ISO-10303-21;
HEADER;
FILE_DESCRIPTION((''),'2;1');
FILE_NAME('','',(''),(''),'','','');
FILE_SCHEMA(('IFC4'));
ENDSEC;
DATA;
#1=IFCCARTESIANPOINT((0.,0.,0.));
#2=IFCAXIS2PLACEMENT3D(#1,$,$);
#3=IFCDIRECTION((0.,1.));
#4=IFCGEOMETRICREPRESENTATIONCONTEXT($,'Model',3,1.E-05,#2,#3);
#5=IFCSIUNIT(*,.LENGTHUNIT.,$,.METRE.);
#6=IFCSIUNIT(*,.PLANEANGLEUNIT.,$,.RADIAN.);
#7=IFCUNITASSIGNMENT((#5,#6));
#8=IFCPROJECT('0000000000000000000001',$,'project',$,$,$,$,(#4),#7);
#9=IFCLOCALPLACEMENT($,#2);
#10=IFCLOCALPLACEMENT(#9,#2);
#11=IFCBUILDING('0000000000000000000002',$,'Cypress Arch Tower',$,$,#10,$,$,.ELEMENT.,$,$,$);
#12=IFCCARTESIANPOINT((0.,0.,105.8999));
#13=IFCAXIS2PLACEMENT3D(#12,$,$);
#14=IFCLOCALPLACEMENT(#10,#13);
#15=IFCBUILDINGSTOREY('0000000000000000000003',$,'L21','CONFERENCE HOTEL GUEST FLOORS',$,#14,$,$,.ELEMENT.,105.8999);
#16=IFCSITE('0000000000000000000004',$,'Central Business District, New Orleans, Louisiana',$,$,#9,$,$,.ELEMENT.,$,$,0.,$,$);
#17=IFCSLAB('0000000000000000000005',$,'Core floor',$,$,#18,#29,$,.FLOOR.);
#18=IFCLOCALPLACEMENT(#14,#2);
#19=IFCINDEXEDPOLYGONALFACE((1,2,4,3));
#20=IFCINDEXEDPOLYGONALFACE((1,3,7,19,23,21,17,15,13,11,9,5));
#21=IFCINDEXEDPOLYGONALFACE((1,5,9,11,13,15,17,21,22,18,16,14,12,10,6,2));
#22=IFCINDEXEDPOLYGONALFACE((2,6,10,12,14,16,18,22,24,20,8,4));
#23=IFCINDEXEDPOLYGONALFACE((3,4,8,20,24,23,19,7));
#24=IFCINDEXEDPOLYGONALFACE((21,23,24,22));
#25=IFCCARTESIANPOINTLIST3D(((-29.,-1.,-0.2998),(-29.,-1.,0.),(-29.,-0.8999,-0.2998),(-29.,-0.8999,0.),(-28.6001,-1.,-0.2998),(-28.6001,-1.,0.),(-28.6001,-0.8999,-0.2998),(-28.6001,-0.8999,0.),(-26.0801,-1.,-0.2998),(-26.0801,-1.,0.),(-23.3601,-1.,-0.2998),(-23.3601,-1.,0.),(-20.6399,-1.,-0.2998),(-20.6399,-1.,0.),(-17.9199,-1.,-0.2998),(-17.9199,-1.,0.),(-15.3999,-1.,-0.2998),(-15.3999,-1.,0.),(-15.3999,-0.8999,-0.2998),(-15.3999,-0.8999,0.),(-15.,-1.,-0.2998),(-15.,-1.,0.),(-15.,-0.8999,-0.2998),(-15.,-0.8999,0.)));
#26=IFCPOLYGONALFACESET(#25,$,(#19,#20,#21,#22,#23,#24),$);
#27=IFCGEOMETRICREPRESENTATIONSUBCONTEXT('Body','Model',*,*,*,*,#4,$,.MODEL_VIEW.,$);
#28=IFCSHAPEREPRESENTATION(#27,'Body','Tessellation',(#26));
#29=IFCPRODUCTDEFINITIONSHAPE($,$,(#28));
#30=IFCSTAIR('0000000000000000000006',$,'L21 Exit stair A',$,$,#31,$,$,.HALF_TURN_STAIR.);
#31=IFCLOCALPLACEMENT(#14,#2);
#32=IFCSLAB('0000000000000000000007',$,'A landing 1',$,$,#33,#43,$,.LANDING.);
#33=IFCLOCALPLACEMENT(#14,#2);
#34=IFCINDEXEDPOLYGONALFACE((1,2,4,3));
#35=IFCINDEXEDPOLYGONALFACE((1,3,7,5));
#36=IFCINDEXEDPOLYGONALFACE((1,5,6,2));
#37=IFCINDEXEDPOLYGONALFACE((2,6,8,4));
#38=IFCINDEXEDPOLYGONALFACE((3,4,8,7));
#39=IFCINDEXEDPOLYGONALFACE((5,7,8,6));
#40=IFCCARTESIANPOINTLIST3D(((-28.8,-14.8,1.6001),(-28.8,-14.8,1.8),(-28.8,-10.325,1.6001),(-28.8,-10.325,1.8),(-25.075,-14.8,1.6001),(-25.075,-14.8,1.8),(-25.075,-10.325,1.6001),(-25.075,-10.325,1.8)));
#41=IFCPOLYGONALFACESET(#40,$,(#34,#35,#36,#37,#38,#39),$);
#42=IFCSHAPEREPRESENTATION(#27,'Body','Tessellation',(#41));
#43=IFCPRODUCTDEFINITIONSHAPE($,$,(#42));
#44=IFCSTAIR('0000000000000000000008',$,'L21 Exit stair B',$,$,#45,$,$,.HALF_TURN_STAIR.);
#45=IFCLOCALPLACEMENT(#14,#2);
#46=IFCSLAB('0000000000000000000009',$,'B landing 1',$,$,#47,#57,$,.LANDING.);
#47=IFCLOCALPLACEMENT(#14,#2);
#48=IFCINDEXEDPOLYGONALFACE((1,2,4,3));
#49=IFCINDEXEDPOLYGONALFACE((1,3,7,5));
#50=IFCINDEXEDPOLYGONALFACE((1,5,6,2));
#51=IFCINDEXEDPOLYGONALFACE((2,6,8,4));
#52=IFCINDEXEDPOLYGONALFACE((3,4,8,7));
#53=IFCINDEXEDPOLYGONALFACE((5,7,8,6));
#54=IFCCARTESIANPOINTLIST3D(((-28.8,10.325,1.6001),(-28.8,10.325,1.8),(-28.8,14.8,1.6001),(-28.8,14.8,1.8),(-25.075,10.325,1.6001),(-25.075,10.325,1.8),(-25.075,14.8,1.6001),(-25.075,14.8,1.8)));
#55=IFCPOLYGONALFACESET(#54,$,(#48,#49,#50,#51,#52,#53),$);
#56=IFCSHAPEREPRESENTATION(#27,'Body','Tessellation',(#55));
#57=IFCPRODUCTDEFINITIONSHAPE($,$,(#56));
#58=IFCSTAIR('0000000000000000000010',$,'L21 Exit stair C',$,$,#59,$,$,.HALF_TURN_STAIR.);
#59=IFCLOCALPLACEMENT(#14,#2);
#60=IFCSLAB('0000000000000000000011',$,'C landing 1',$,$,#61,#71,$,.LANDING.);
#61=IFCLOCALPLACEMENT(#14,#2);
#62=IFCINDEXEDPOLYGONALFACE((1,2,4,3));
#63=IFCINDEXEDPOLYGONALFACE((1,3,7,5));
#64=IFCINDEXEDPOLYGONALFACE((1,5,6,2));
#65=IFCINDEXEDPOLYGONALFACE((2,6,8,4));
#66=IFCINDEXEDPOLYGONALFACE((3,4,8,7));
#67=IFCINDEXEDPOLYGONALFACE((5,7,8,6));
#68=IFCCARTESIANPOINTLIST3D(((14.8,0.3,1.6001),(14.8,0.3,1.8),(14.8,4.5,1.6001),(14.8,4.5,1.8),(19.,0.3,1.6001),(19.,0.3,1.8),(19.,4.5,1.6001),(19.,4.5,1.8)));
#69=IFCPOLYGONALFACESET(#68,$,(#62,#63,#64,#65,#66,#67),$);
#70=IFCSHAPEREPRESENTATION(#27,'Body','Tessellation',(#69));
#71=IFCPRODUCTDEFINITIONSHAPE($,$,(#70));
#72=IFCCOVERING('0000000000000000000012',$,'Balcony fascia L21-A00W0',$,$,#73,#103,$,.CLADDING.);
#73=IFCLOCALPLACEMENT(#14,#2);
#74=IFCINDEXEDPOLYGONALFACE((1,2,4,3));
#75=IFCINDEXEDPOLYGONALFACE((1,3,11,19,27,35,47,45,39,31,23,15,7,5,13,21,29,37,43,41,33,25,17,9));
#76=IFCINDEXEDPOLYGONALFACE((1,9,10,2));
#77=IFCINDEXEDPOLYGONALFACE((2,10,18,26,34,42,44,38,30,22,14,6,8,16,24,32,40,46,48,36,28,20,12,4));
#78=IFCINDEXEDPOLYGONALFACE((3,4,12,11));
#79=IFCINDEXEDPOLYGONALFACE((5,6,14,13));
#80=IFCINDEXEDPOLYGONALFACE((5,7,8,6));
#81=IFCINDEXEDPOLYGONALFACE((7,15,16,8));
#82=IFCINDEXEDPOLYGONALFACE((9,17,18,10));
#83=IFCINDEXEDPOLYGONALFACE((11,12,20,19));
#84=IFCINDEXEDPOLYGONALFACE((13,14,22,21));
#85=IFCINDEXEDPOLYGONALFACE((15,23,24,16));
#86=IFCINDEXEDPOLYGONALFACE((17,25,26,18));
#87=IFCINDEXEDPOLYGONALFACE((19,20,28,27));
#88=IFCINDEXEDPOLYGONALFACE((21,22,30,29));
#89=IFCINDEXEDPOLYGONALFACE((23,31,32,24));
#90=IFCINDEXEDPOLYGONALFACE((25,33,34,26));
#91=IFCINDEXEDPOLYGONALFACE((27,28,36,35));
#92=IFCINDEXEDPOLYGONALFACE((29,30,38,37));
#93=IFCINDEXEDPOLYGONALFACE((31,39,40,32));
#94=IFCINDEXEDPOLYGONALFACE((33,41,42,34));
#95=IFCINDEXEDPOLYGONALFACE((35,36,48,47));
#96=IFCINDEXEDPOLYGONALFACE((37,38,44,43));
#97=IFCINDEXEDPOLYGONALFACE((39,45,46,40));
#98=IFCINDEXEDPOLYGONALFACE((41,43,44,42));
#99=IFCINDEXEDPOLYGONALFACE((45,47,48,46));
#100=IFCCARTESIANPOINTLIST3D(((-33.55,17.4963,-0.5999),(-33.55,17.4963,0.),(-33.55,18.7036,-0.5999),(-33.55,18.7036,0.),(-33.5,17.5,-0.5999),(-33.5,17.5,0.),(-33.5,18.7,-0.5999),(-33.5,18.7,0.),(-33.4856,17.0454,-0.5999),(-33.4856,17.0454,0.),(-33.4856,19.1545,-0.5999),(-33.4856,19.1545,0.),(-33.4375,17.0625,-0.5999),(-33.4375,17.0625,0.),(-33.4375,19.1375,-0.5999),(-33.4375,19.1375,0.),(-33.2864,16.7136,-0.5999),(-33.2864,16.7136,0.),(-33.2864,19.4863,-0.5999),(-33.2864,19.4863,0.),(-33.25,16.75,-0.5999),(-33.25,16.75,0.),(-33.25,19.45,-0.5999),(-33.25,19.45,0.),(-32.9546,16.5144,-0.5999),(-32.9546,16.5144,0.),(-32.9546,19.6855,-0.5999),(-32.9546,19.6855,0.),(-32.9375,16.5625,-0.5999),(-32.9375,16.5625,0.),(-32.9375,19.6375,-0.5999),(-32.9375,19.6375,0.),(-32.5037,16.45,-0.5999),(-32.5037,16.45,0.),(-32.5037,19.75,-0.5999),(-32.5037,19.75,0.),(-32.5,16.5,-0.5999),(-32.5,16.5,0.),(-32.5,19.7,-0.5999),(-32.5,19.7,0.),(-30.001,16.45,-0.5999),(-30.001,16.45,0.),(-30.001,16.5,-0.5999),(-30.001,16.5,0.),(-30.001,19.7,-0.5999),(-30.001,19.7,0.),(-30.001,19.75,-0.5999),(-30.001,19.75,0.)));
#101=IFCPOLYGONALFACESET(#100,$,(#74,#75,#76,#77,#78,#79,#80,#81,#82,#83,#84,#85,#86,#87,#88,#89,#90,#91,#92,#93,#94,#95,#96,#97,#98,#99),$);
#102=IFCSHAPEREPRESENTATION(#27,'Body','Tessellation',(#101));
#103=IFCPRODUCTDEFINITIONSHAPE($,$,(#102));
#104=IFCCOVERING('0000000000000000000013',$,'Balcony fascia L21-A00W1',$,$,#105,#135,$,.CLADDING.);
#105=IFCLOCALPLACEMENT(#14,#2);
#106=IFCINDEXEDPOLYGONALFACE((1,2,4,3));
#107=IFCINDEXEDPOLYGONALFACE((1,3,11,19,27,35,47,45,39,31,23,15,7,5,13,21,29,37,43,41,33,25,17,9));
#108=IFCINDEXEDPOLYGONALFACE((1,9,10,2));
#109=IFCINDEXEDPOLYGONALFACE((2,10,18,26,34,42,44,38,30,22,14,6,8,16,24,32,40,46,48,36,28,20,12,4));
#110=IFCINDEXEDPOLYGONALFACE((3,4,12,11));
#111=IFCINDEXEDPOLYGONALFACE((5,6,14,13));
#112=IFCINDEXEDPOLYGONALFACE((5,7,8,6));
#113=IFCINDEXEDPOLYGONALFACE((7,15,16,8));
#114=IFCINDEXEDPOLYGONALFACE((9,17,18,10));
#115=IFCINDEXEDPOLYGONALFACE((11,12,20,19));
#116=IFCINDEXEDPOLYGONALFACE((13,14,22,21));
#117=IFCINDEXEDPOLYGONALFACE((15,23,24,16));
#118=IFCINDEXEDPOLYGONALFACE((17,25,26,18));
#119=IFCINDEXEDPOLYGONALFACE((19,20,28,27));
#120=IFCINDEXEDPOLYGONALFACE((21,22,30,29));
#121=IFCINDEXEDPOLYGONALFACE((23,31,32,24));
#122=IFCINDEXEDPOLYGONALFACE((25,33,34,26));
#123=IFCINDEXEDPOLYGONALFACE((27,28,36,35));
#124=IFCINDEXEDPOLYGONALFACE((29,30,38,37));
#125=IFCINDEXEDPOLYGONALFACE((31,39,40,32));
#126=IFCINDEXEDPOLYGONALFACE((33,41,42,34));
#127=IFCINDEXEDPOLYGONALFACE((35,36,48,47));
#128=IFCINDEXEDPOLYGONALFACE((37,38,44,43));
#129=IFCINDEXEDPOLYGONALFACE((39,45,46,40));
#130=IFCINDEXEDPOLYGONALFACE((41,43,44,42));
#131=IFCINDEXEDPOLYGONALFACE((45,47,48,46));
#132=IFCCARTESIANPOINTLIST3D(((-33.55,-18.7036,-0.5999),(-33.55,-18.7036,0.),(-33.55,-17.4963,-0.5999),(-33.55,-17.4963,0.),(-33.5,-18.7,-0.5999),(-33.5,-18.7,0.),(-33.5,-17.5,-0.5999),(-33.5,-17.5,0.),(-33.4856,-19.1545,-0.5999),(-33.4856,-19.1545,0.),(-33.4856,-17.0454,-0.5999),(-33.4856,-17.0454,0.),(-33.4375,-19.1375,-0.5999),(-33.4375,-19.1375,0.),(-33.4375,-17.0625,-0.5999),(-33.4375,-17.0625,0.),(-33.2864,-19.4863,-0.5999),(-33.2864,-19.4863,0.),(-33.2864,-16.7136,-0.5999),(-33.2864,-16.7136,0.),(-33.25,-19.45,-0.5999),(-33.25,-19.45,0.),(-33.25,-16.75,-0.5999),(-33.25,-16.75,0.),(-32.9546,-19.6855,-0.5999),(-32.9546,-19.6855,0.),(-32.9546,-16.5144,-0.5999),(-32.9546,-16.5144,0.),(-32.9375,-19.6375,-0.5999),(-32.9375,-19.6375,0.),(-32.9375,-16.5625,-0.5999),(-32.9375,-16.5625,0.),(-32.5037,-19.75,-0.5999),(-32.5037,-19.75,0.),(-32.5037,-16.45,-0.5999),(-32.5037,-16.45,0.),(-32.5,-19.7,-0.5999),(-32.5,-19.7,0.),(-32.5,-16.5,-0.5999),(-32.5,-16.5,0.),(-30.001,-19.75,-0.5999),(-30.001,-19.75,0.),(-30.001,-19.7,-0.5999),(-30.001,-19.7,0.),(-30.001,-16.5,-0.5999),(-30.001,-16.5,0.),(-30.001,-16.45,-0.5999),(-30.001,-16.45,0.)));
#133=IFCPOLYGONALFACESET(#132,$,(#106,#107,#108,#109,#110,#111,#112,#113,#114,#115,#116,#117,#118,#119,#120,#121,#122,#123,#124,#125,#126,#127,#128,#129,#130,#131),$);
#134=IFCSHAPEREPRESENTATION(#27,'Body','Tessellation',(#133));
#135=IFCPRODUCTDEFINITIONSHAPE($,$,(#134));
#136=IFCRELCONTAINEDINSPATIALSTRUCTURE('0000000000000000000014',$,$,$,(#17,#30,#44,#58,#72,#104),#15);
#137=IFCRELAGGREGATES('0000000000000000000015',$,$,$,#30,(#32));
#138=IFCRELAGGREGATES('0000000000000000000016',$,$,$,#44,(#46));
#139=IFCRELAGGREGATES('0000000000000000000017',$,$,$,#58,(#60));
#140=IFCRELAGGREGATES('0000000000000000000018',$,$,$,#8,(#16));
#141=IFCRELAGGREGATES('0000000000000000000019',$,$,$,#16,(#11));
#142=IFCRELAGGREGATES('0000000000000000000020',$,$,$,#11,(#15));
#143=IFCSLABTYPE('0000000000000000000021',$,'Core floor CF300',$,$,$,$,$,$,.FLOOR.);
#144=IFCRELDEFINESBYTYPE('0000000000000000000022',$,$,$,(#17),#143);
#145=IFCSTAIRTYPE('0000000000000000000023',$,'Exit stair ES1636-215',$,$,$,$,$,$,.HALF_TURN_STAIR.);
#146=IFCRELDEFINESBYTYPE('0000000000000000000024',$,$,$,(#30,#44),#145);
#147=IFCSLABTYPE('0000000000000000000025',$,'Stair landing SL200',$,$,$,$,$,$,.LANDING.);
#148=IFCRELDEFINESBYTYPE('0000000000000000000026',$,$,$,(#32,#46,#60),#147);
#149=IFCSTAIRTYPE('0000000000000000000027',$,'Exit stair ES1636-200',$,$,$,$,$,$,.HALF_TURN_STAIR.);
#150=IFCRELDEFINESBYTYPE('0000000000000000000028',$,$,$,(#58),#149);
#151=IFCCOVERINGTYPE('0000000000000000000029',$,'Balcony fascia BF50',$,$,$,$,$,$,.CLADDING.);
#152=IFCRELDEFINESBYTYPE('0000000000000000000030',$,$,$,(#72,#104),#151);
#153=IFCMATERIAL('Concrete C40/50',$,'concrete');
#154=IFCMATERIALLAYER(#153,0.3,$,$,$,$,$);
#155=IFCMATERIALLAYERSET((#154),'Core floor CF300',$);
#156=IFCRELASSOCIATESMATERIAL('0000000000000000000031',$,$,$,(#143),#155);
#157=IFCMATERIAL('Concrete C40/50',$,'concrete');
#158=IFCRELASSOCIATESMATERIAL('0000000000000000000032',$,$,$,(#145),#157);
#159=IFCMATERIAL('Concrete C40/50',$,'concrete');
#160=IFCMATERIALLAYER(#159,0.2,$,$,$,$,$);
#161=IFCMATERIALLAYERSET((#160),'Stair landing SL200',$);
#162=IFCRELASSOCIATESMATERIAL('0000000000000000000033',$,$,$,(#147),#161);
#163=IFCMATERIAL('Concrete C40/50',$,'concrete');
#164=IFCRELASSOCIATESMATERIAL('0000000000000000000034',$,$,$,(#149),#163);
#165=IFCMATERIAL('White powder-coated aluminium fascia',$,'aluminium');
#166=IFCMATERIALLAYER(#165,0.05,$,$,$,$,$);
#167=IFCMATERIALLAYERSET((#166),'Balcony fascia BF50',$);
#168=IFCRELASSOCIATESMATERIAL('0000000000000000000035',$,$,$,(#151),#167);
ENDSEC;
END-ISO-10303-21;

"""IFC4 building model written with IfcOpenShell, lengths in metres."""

from ifc_helpers import new_model, si_unit, direction, frame, origin, place, context, subcontext, project, spatial, polyline, outline, extrude, material, layer, layer_set, type_object, element, aggregate, save


model = new_model("IFC4")

# Units and contexts
model_context = context("Model", 3, precision=1e-05, world=origin(), true_north=direction((0.0, 1.0)))
body_context = subcontext(model_context, "Body", "Model", "MODEL_VIEW")
ifc_project = project(units=[si_unit("LENGTHUNIT", "METRE"), si_unit("PLANEANGLEUNIT", "RADIAN")], contexts=[model_context])

# Site, building, storey
site_placement = place(None, origin())
site = spatial("IfcSite", under=ifc_project, at=site_placement, Name="Central Business District, New Orleans, Louisiana", CompositionType="ELEMENT", RefElevation=0.0)
building_placement = place(site_placement, origin())
building = spatial("IfcBuilding", under=site, at=building_placement, Name="Cypress Arch Tower", CompositionType="ELEMENT")
storey_placement = place(building_placement, frame((0.0, 0.0, 105.8999)))
storey = spatial("IfcBuildingStorey", under=building, at=storey_placement, Name="L21", Description="CONFERENCE HOTEL GUEST FLOORS", CompositionType="ELEMENT", Elevation=105.8999)

# Slab
ifc_material_1 = material(Name="Concrete C40/50", Category="concrete")
ifc_layer_1 = layer(ifc_material_1, 0.3)
ifc_layer_set_1 = layer_set([ifc_layer_1], Name="Core floor CF300")
slab_type_1 = type_object("IfcSlabType", Name="Core floor CF300", PredefinedType="FLOOR", material=ifc_layer_set_1)
slab_1_placement = place(storey_placement, frame((0.0, 0.0, -0.2998)))
element("IfcSlab", 1, at=slab_1_placement, inside=storey, type_object=slab_type_1, Name="Core floor", PredefinedType="FLOOR", context=body_context, shape_type="SweptSolid", body=[
    extrude(outline(polyline([(-20.6399, -1.0), (-23.3601, -1.0), (-26.0801, -1.0), (-28.6001, -1.0), (-29.0, -1.0), (-29.0, -0.8999), (-28.6001, -0.8999), (-15.3999, -0.8999), (-15.0, -0.8999), (-15.0, -1.0), (-15.3999, -1.0), (-17.9199, -1.0), (-20.6399, -1.0)])), origin(), (0.0, 0.0, 1.0), 0.2998),
])

# Stairs, slabs
ifc_material_2 = material(Name="Concrete C40/50", Category="concrete")
stair_type_1 = type_object("IfcStairType", Name="Exit stair ES1636-215", PredefinedType="HALF_TURN_STAIR", material=ifc_material_2)
stair_1_placement = place(storey_placement, origin())
stair_1 = element("IfcStair", 2, at=stair_1_placement, inside=storey, type_object=stair_type_1, Name="L21 Exit stair A", PredefinedType="HALF_TURN_STAIR")
ifc_material_3 = material(Name="Concrete C40/50", Category="concrete")
ifc_layer_2 = layer(ifc_material_3, 0.2)
ifc_layer_set_2 = layer_set([ifc_layer_2], Name="Stair landing SL200")
slab_type_2 = type_object("IfcSlabType", Name="Stair landing SL200", PredefinedType="LANDING", material=ifc_layer_set_2)
slab_2_placement = place(storey_placement, frame((0.0, 0.0, 1.6001)))
slab_2 = element("IfcSlab", 3, at=slab_2_placement, type_object=slab_type_2, Name="A landing 1", PredefinedType="LANDING", context=body_context, shape_type="SweptSolid", body=[
    extrude(outline(polyline([(-25.075, -10.325), (-28.8, -10.325), (-28.8, -14.8), (-25.075, -14.8), (-25.075, -10.325)])), origin(), (0.0, 0.0, 1.0), 0.2),
])
aggregate(stair_1, [slab_2])
stair_2_placement = place(storey_placement, origin())
stair_2 = element("IfcStair", 4, at=stair_2_placement, inside=storey, type_object=stair_type_1, Name="L21 Exit stair B", PredefinedType="HALF_TURN_STAIR")
slab_3_placement = place(storey_placement, frame((0.0, 0.0, 1.6001)))
slab_3 = element("IfcSlab", 5, at=slab_3_placement, type_object=slab_type_2, Name="B landing 1", PredefinedType="LANDING", context=body_context, shape_type="SweptSolid", body=[
    extrude(outline(polyline([(-25.075, 14.8), (-28.8, 14.8), (-28.8, 10.325), (-25.075, 10.325), (-25.075, 14.8)])), origin(), (0.0, 0.0, 1.0), 0.2),
])
aggregate(stair_2, [slab_3])
ifc_material_4 = material(Name="Concrete C40/50", Category="concrete")
stair_type_2 = type_object("IfcStairType", Name="Exit stair ES1636-200", PredefinedType="HALF_TURN_STAIR", material=ifc_material_4)
stair_3_placement = place(storey_placement, origin())
stair_3 = element("IfcStair", 6, at=stair_3_placement, inside=storey, type_object=stair_type_2, Name="L21 Exit stair C", PredefinedType="HALF_TURN_STAIR")
slab_4_placement = place(storey_placement, frame((0.0, 0.0, 1.6001)))
slab_4 = element("IfcSlab", 7, at=slab_4_placement, type_object=slab_type_2, Name="C landing 1", PredefinedType="LANDING", context=body_context, shape_type="SweptSolid", body=[
    extrude(outline(polyline([(19.0, 0.3), (19.0, 4.5), (14.8, 4.5), (14.8, 0.3), (19.0, 0.3)])), origin(), (0.0, 0.0, 1.0), 0.2),
])
aggregate(stair_3, [slab_4])

# Coverings
ifc_material_5 = material(Name="White powder-coated aluminium fascia", Category="aluminium")
ifc_layer_3 = layer(ifc_material_5, 0.05)
ifc_layer_set_3 = layer_set([ifc_layer_3], Name="Balcony fascia BF50")
covering_type_1 = type_object("IfcCoveringType", Name="Balcony fascia BF50", PredefinedType="CLADDING", material=ifc_layer_set_3)
covering_1_placement = place(storey_placement, frame((0.0, 0.0, -0.5999)))
element("IfcCovering", 8, at=covering_1_placement, inside=storey, type_object=covering_type_1, Name="Balcony fascia L21-A00W0", PredefinedType="CLADDING", context=body_context, shape_type="SweptSolid", body=[
    extrude(outline(polyline([(-32.5037, 16.45), (-32.9546, 16.5144), (-33.2864, 16.7136), (-33.4856, 17.0454), (-33.55, 17.4963), (-33.55, 18.7036), (-33.4856, 19.1545), (-33.2864, 19.4863), (-32.9546, 19.6855), (-32.5037, 19.75), (-30.001, 19.75), (-30.001, 19.7), (-32.5, 19.7), (-32.9375, 19.6375), (-33.25, 19.45), (-33.4375, 19.1375), (-33.5, 18.7), (-33.5, 17.5), (-33.4375, 17.0625), (-33.25, 16.75), (-32.9375, 16.5625), (-32.5, 16.5), (-30.001, 16.5), (-30.001, 16.45), (-32.5037, 16.45)])), origin(), (0.0, 0.0, 1.0), 0.5999),
])
covering_2_placement = place(storey_placement, frame((0.0, 0.0, -0.5999)))
element("IfcCovering", 9, at=covering_2_placement, inside=storey, type_object=covering_type_1, Name="Balcony fascia L21-A00W1", PredefinedType="CLADDING", context=body_context, shape_type="SweptSolid", body=[
    extrude(outline(polyline([(-32.5037, -19.75), (-32.9546, -19.6855), (-33.2864, -19.4863), (-33.4856, -19.1545), (-33.55, -18.7036), (-33.55, -17.4963), (-33.4856, -17.0454), (-33.2864, -16.7136), (-32.9546, -16.5144), (-32.5037, -16.45), (-30.001, -16.45), (-30.001, -16.5), (-32.5, -16.5), (-32.9375, -16.5625), (-33.25, -16.75), (-33.4375, -17.0625), (-33.5, -17.5), (-33.5, -18.7), (-33.4375, -19.1375), (-33.25, -19.45), (-32.9375, -19.6375), (-32.5, -19.7), (-30.001, -19.7), (-30.001, -19.75), (-32.5037, -19.75)])), origin(), (0.0, 0.0, 1.0), 0.5999),
])

save(model, "model.ifc")
